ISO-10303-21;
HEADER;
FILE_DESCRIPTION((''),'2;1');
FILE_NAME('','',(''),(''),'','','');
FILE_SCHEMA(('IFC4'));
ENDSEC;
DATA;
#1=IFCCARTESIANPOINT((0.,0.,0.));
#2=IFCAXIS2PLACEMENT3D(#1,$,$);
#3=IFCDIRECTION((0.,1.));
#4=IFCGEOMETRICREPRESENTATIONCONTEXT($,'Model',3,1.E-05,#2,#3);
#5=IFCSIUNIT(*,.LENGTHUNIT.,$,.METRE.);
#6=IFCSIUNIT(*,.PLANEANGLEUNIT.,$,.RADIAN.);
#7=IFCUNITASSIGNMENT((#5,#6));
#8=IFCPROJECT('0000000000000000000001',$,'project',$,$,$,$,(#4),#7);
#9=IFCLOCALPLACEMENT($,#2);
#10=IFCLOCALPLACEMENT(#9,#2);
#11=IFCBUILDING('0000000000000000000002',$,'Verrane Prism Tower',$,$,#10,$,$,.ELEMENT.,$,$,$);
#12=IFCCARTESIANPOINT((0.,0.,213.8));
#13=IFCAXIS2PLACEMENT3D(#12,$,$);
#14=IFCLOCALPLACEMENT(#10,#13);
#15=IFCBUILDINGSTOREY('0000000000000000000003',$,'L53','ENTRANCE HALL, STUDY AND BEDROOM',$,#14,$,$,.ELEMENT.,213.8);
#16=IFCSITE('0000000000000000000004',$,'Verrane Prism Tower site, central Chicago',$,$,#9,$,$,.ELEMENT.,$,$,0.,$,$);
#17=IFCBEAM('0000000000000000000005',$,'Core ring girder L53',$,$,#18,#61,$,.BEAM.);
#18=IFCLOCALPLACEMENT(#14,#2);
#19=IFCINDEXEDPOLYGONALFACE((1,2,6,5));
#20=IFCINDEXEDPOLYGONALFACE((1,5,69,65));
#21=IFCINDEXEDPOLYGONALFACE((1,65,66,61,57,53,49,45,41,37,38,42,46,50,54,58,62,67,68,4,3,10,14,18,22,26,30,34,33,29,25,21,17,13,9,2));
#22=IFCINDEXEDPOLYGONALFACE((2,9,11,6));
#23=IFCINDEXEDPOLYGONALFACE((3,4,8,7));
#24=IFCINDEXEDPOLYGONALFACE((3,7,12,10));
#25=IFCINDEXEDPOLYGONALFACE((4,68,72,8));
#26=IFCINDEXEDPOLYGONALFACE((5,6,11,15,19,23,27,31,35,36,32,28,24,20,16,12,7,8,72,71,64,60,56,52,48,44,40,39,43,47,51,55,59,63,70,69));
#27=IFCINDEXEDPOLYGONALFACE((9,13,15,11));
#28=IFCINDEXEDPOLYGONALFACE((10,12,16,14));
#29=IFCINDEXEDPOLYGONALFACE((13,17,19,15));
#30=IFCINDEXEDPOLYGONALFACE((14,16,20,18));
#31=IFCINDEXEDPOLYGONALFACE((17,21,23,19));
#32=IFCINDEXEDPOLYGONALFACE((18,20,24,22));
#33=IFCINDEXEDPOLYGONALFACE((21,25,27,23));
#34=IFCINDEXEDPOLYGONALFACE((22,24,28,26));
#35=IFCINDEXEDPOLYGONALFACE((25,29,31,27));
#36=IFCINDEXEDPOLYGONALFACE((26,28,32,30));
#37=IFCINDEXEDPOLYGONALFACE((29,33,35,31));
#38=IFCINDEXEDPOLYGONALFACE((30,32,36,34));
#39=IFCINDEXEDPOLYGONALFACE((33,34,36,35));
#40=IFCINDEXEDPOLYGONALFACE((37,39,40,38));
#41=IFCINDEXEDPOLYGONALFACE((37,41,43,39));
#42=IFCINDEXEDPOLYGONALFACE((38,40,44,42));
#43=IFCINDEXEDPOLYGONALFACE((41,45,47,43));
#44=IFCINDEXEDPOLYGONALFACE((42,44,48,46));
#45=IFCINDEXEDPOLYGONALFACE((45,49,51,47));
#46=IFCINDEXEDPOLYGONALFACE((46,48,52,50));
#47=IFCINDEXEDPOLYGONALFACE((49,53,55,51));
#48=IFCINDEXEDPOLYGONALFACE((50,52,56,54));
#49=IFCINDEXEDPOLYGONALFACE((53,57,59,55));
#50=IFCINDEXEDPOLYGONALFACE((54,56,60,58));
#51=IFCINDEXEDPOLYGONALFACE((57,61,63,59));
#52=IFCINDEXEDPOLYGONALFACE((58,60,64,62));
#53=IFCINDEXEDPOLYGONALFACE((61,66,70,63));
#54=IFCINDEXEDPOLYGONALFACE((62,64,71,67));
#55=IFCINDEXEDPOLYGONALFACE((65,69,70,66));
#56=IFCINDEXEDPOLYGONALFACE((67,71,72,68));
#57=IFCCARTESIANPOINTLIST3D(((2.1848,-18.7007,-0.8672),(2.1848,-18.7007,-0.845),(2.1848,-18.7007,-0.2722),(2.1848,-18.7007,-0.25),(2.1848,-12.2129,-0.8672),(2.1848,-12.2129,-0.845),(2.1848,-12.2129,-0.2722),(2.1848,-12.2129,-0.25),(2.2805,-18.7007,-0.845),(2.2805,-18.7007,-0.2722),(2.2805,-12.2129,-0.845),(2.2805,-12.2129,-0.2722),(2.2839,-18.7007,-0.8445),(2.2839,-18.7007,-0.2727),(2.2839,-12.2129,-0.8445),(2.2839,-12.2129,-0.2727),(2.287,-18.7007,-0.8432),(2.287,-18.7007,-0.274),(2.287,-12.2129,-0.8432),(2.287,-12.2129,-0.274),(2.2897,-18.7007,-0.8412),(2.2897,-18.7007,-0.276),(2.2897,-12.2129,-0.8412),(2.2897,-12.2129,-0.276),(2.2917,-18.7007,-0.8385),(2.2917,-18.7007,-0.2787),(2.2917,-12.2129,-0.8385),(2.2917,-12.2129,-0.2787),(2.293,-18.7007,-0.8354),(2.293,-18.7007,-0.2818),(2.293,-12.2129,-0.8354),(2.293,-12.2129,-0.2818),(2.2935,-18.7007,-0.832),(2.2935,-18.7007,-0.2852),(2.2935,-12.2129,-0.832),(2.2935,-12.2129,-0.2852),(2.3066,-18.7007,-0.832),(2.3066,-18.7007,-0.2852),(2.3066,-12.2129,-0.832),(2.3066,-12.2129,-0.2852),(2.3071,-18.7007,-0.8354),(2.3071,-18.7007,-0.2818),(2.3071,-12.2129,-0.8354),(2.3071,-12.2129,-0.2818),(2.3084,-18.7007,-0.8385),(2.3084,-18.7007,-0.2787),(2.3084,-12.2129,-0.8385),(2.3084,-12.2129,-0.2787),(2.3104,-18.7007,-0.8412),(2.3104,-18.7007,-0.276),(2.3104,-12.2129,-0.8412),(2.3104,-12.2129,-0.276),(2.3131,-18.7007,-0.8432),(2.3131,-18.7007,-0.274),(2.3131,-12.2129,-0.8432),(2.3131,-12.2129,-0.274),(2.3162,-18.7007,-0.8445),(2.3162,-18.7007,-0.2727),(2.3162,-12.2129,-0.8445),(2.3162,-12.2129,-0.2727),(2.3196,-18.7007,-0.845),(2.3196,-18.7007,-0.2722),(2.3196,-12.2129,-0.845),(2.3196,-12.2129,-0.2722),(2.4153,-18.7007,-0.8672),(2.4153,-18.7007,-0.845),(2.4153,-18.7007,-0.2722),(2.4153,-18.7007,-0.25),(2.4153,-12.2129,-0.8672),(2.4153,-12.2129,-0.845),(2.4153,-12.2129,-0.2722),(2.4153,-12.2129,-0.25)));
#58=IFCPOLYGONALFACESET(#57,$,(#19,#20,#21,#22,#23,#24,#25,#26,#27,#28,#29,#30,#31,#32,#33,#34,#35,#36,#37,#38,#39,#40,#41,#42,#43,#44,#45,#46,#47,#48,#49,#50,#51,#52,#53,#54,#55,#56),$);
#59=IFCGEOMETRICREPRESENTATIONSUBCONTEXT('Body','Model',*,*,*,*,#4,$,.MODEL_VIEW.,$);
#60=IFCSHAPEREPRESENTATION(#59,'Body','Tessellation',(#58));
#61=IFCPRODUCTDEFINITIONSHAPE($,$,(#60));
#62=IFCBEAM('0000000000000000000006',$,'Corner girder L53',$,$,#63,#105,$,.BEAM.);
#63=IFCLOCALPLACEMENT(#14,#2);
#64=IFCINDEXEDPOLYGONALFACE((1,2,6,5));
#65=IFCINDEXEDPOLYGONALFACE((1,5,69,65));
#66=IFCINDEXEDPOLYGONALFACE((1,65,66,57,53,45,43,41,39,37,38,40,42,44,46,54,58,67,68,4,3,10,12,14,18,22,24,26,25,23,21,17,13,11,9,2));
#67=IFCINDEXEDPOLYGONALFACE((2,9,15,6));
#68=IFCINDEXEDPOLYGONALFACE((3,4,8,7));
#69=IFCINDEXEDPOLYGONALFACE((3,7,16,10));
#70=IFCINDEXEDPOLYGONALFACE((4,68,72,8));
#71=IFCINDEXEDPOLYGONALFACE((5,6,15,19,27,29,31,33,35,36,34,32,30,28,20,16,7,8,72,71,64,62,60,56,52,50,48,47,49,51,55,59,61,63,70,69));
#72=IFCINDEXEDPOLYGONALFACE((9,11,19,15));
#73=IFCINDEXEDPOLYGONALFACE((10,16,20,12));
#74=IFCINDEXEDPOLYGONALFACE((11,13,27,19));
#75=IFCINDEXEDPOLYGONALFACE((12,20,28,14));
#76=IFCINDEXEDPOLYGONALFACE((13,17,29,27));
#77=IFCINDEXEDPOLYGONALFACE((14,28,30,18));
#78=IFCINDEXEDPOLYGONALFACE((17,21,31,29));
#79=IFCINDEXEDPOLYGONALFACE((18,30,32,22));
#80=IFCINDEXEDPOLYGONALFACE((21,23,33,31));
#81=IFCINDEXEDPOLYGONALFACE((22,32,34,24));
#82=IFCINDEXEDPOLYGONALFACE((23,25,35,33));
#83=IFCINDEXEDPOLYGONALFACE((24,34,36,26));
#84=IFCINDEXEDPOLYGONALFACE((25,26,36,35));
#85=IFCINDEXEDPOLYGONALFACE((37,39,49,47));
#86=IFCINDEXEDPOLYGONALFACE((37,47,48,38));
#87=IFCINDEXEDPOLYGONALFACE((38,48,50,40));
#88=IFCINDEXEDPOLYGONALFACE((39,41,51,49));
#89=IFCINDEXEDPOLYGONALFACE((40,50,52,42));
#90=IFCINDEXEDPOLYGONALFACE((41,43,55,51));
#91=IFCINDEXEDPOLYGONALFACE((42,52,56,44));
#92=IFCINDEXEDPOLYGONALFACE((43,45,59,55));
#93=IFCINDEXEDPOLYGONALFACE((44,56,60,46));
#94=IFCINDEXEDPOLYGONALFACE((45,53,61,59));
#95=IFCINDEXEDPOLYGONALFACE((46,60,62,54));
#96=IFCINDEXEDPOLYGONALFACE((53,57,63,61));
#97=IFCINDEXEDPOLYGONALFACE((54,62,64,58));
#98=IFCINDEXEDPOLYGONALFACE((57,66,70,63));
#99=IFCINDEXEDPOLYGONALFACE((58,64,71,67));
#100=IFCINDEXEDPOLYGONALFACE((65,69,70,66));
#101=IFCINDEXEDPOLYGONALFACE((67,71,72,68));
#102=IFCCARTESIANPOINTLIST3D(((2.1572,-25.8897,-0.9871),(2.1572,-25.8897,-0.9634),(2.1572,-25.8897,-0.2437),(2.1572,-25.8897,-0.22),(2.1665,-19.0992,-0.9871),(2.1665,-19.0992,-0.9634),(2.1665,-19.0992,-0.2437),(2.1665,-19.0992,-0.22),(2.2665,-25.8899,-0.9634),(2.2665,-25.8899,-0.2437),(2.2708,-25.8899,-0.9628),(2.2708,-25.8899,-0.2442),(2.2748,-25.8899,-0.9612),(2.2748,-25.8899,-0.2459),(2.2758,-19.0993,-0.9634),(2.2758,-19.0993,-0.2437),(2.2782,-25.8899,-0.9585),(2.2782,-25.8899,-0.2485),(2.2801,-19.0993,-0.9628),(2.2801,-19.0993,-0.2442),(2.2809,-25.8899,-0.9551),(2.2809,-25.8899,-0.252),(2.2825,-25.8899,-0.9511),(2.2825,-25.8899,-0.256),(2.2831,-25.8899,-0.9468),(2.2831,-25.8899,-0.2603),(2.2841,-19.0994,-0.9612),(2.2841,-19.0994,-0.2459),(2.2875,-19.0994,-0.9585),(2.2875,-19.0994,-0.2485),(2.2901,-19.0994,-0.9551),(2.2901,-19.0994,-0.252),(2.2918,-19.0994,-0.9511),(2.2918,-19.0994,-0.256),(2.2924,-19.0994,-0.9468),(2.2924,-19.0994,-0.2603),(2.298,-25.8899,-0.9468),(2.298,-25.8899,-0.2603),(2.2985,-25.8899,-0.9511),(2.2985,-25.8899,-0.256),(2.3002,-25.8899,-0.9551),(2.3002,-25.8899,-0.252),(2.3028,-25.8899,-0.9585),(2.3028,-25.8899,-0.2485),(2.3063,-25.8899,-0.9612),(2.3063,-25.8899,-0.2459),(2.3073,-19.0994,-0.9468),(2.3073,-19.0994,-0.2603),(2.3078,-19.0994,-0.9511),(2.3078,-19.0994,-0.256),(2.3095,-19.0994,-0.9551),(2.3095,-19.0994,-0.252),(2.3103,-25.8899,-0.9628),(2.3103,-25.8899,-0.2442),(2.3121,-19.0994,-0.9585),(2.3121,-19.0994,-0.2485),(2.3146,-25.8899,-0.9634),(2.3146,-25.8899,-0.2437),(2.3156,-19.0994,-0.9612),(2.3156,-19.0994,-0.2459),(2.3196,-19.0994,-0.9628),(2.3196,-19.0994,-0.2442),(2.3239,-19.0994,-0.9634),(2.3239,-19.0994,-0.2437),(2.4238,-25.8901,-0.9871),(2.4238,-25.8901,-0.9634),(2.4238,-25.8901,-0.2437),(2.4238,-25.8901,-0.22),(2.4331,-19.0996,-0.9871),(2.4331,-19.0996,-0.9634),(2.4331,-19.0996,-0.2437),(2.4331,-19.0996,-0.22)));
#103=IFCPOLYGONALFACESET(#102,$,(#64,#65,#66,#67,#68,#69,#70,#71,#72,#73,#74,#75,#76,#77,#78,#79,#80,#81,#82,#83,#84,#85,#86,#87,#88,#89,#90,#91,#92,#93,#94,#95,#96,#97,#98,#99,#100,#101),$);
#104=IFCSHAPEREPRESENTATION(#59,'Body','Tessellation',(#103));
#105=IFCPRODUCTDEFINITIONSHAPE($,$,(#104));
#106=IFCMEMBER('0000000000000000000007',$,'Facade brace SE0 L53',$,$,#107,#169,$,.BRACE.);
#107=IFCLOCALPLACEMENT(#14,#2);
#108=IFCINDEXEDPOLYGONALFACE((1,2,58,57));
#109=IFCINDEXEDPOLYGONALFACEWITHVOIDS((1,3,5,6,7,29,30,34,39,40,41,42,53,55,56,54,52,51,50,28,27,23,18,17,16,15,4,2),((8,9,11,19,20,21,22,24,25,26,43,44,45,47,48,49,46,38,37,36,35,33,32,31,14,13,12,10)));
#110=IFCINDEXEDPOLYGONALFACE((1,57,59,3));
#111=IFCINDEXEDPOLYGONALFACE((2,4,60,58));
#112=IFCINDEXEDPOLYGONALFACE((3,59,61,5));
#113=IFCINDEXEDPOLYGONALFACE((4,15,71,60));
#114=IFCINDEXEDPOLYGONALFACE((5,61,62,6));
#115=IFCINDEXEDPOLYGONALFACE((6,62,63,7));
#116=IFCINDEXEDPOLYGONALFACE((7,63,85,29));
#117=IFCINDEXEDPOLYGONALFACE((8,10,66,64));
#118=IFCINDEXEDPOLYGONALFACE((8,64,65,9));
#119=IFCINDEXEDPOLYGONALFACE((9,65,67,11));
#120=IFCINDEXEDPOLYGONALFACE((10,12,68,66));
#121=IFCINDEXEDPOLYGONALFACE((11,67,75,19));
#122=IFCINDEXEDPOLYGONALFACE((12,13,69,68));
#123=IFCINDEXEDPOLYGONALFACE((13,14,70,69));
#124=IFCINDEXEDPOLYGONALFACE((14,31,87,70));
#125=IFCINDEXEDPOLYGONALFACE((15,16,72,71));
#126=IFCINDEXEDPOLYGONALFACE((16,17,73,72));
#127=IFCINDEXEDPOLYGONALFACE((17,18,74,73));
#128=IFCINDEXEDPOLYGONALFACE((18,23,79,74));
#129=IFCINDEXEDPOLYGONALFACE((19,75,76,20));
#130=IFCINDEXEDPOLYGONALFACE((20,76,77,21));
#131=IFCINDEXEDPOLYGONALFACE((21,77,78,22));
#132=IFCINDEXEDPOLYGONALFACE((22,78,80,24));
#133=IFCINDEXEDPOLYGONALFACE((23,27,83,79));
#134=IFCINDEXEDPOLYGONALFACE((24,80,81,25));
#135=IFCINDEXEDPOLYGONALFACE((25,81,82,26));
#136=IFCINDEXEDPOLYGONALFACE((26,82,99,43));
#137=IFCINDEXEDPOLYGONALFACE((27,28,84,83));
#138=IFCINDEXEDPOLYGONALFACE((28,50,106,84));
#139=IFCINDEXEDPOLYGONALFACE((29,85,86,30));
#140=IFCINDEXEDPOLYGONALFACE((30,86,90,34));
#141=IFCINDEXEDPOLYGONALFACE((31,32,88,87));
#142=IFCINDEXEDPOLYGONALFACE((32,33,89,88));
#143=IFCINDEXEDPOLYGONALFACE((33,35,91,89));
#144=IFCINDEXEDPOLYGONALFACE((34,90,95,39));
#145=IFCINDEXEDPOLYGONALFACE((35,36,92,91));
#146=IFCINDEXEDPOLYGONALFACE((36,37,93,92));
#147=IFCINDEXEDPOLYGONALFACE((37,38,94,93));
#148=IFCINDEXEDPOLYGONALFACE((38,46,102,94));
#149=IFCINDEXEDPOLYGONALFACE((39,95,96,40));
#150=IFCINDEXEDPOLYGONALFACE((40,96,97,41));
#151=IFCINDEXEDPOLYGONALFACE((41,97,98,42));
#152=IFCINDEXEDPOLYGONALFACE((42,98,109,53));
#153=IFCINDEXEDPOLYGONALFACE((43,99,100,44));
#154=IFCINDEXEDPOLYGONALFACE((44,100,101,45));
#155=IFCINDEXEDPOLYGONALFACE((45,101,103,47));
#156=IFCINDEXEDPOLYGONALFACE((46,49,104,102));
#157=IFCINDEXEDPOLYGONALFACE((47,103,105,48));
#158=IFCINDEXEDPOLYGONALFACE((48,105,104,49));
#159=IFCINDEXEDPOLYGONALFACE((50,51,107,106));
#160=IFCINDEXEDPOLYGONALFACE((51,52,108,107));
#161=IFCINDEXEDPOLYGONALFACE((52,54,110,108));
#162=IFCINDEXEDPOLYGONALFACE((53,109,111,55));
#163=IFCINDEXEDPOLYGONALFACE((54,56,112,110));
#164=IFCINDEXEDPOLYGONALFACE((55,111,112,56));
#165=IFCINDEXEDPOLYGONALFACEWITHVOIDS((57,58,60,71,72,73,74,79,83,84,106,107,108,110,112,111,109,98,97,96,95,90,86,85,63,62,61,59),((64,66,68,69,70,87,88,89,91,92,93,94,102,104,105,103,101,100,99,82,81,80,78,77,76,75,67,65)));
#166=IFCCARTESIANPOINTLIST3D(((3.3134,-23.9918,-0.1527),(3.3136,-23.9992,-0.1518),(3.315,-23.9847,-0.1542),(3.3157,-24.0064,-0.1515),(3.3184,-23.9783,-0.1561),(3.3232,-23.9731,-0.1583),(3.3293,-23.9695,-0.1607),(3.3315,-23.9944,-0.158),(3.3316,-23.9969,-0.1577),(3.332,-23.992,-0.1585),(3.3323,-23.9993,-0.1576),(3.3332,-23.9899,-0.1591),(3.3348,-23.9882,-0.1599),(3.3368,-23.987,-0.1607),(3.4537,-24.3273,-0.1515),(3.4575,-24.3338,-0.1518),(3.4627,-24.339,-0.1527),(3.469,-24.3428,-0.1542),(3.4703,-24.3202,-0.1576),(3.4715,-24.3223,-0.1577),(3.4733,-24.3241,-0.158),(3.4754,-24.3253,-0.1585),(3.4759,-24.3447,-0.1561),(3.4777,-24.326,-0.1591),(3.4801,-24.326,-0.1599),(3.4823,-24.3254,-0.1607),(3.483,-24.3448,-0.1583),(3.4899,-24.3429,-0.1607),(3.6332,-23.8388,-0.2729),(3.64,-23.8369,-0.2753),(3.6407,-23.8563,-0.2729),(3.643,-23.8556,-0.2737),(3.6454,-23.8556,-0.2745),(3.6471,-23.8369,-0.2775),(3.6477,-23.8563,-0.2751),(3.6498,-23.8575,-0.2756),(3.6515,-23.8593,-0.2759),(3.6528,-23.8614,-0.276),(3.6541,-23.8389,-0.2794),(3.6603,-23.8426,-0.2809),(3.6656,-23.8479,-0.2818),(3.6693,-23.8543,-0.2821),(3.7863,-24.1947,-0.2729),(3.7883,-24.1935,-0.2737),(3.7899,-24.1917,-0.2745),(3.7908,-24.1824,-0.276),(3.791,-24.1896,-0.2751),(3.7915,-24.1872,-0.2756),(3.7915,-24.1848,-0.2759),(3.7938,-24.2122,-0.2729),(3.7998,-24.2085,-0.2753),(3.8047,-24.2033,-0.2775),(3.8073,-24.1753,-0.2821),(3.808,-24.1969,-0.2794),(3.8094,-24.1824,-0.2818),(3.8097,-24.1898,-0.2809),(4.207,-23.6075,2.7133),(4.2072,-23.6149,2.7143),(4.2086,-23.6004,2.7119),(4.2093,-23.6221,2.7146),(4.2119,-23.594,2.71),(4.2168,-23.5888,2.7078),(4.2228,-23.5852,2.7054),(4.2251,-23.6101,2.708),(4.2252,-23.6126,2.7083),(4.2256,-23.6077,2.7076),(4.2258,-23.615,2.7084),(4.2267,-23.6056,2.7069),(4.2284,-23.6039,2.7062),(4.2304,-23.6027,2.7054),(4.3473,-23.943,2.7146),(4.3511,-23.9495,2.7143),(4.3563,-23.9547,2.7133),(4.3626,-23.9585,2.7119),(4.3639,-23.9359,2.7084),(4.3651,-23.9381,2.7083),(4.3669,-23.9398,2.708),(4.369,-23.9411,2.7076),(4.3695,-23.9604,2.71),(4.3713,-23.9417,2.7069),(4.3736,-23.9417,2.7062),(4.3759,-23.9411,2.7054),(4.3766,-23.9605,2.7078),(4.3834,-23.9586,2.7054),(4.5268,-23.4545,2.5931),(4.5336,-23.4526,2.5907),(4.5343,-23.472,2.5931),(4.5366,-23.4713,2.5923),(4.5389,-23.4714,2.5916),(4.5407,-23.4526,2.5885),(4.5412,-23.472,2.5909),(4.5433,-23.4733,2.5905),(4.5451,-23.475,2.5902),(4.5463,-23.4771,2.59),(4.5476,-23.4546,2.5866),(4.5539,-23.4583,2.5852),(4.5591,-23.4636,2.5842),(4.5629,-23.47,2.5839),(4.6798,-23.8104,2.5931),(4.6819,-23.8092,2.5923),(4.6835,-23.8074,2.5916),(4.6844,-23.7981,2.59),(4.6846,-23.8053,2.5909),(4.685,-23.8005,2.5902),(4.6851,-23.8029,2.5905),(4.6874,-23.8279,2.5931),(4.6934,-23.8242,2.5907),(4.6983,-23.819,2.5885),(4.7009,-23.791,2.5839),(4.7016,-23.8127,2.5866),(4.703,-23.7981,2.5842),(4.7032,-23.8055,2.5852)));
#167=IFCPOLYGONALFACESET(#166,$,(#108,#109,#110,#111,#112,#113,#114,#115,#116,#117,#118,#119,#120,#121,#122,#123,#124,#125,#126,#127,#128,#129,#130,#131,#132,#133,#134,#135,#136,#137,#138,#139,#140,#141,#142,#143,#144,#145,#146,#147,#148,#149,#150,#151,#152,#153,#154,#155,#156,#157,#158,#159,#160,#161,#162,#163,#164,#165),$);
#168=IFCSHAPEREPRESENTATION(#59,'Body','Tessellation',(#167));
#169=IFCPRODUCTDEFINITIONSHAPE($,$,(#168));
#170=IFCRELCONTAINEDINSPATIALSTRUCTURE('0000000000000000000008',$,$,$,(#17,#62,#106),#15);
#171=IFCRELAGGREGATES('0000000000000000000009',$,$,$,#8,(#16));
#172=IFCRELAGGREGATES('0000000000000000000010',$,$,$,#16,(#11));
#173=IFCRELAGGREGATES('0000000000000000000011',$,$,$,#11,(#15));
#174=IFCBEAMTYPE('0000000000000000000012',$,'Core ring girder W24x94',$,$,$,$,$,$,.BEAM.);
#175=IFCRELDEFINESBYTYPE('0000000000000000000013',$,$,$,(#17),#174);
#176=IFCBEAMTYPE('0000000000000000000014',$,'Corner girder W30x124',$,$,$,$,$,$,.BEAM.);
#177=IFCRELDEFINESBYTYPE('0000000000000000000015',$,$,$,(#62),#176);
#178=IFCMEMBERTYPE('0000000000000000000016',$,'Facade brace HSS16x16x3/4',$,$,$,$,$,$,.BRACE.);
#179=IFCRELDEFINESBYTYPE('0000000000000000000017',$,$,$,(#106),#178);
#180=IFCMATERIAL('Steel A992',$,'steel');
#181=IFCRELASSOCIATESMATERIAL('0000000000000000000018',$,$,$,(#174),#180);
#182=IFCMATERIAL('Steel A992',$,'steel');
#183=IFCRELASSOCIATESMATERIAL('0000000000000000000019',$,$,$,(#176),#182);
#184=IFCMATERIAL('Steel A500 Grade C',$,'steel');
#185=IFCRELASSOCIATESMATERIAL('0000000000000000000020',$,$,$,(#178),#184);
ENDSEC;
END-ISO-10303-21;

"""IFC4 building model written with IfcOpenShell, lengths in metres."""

from ifc_helpers import new_model, si_unit, direction, frame, origin, origin_2d, place, context, subcontext, project, spatial, hollow_rectangle, i_section, extrude, material, material_profile, profile_set, type_object, element, save


model = new_model("IFC4")

# Units and contexts
model_context = context("Model", 3, precision=1e-05, world=origin(), true_north=direction((0.0, 1.0)))
body_context = subcontext(model_context, "Body", "Model", "MODEL_VIEW")
ifc_project = project(units=[si_unit("LENGTHUNIT", "METRE"), si_unit("PLANEANGLEUNIT", "RADIAN")], contexts=[model_context])

# Site, building, storey
site_placement = place(None, origin())
site = spatial("IfcSite", under=ifc_project, at=site_placement, Name="Verrane Prism Tower site, central Chicago", CompositionType="ELEMENT", RefElevation=0.0)
building_placement = place(site_placement, origin())
building = spatial("IfcBuilding", under=site, at=building_placement, Name="Verrane Prism Tower", CompositionType="ELEMENT")
storey_placement = place(building_placement, frame((0.0, 0.0, 213.8)))
storey = spatial("IfcBuildingStorey", under=building, at=storey_placement, Name="L53", Description="ENTRANCE HALL, STUDY AND BEDROOM", CompositionType="ELEMENT", Elevation=213.8)

# Beams
ifc_material_1 = material(Name="Steel A992", Category="steel")
ifc_material_profile_1 = material_profile(ifc_material_1, i_section(OverallWidth=0.2305, OverallDepth=0.6172, WebThickness=0.0132, FlangeThickness=0.0222, FilletRadius=0.0129, at=origin_2d()), Name="W24x94")
ifc_profile_set_1 = profile_set([ifc_material_profile_1], Name="Steel A992")
beam_type_1 = type_object("IfcBeamType", Name="Core ring girder W24x94", PredefinedType="BEAM", material=ifc_profile_set_1)
beam_1_placement = place(storey_placement, frame((2.3, -18.7007, -0.5586), z_axis=(0.0, 1.0, 0.0), x_axis=(-1.0, 0.0, 0.0)))
element("IfcBeam", 1, at=beam_1_placement, inside=storey, type_object=beam_type_1, Name="Core ring girder L53", PredefinedType="BEAM", context=body_context, shape_type="SweptSolid", body=[
    extrude(i_section(OverallWidth=0.2305, OverallDepth=0.6172, WebThickness=0.0132, FlangeThickness=0.0222, FilletRadius=0.0129, at=origin_2d()), origin(), (0.0, 0.0, 1.0), 6.4878),
])
ifc_material_2 = material(Name="Steel A992", Category="steel")
ifc_material_profile_2 = material_profile(ifc_material_2, i_section(OverallWidth=0.2666, OverallDepth=0.7671, WebThickness=0.0149, FlangeThickness=0.0237, FilletRadius=0.0166, at=origin_2d()), Name="W30x124")
ifc_profile_set_2 = profile_set([ifc_material_profile_2], Name="Steel A992")
beam_type_2 = type_object("IfcBeamType", Name="Corner girder W30x124", PredefinedType="BEAM", material=ifc_profile_set_2)
beam_2_placement = place(storey_placement, frame((2.2905, -25.8899, -0.6035), z_axis=(0.001366, 0.999999, 0.0), x_axis=(-0.999999, 0.001366, 0.0)))
element("IfcBeam", 2, at=beam_2_placement, inside=storey, type_object=beam_type_2, Name="Corner girder L53", PredefinedType="BEAM", context=body_context, shape_type="SweptSolid", body=[
    extrude(i_section(OverallWidth=0.2666, OverallDepth=0.7671, WebThickness=0.0149, FlangeThickness=0.0237, FilletRadius=0.0166, at=origin_2d()), origin(), (0.0, 0.0, 1.0), 6.7905),
])

# Member
ifc_material_3 = material(Name="Steel A500 Grade C", Category="steel")
ifc_material_profile_3 = material_profile(ifc_material_3, hollow_rectangle(XDim=0.4065, YDim=0.4065, WallThickness=0.019, InnerFilletRadius=0.0095, OuterFilletRadius=0.0286, at=origin_2d()), Name="HSS16x16x3/4")
ifc_profile_set_3 = profile_set([ifc_material_profile_3], Name="Steel A500 Grade C")
member_type_1 = type_object("IfcMemberType", Name="Facade brace HSS16x16x3/4", PredefinedType="BRACE", material=ifc_profile_set_3)
member_1_placement = place(storey_placement, frame((3.5615, -24.0908, -0.2168), z_axis=(0.295241, 0.12697, 0.946949), x_axis=(-0.39507, 0.918651, 0.0)))
element("IfcMember", 3, at=member_1_placement, inside=storey, type_object=member_type_1, Name="Facade brace SE0 L53", PredefinedType="BRACE", context=body_context, shape_type="SweptSolid", body=[
    extrude(hollow_rectangle(XDim=0.4065, YDim=0.4065, WallThickness=0.019, InnerFilletRadius=0.0095, OuterFilletRadius=0.0286, at=origin_2d()), origin(), (0.0, 0.0, 1.0), 3.0266),
])

save(model, "model.ifc")
